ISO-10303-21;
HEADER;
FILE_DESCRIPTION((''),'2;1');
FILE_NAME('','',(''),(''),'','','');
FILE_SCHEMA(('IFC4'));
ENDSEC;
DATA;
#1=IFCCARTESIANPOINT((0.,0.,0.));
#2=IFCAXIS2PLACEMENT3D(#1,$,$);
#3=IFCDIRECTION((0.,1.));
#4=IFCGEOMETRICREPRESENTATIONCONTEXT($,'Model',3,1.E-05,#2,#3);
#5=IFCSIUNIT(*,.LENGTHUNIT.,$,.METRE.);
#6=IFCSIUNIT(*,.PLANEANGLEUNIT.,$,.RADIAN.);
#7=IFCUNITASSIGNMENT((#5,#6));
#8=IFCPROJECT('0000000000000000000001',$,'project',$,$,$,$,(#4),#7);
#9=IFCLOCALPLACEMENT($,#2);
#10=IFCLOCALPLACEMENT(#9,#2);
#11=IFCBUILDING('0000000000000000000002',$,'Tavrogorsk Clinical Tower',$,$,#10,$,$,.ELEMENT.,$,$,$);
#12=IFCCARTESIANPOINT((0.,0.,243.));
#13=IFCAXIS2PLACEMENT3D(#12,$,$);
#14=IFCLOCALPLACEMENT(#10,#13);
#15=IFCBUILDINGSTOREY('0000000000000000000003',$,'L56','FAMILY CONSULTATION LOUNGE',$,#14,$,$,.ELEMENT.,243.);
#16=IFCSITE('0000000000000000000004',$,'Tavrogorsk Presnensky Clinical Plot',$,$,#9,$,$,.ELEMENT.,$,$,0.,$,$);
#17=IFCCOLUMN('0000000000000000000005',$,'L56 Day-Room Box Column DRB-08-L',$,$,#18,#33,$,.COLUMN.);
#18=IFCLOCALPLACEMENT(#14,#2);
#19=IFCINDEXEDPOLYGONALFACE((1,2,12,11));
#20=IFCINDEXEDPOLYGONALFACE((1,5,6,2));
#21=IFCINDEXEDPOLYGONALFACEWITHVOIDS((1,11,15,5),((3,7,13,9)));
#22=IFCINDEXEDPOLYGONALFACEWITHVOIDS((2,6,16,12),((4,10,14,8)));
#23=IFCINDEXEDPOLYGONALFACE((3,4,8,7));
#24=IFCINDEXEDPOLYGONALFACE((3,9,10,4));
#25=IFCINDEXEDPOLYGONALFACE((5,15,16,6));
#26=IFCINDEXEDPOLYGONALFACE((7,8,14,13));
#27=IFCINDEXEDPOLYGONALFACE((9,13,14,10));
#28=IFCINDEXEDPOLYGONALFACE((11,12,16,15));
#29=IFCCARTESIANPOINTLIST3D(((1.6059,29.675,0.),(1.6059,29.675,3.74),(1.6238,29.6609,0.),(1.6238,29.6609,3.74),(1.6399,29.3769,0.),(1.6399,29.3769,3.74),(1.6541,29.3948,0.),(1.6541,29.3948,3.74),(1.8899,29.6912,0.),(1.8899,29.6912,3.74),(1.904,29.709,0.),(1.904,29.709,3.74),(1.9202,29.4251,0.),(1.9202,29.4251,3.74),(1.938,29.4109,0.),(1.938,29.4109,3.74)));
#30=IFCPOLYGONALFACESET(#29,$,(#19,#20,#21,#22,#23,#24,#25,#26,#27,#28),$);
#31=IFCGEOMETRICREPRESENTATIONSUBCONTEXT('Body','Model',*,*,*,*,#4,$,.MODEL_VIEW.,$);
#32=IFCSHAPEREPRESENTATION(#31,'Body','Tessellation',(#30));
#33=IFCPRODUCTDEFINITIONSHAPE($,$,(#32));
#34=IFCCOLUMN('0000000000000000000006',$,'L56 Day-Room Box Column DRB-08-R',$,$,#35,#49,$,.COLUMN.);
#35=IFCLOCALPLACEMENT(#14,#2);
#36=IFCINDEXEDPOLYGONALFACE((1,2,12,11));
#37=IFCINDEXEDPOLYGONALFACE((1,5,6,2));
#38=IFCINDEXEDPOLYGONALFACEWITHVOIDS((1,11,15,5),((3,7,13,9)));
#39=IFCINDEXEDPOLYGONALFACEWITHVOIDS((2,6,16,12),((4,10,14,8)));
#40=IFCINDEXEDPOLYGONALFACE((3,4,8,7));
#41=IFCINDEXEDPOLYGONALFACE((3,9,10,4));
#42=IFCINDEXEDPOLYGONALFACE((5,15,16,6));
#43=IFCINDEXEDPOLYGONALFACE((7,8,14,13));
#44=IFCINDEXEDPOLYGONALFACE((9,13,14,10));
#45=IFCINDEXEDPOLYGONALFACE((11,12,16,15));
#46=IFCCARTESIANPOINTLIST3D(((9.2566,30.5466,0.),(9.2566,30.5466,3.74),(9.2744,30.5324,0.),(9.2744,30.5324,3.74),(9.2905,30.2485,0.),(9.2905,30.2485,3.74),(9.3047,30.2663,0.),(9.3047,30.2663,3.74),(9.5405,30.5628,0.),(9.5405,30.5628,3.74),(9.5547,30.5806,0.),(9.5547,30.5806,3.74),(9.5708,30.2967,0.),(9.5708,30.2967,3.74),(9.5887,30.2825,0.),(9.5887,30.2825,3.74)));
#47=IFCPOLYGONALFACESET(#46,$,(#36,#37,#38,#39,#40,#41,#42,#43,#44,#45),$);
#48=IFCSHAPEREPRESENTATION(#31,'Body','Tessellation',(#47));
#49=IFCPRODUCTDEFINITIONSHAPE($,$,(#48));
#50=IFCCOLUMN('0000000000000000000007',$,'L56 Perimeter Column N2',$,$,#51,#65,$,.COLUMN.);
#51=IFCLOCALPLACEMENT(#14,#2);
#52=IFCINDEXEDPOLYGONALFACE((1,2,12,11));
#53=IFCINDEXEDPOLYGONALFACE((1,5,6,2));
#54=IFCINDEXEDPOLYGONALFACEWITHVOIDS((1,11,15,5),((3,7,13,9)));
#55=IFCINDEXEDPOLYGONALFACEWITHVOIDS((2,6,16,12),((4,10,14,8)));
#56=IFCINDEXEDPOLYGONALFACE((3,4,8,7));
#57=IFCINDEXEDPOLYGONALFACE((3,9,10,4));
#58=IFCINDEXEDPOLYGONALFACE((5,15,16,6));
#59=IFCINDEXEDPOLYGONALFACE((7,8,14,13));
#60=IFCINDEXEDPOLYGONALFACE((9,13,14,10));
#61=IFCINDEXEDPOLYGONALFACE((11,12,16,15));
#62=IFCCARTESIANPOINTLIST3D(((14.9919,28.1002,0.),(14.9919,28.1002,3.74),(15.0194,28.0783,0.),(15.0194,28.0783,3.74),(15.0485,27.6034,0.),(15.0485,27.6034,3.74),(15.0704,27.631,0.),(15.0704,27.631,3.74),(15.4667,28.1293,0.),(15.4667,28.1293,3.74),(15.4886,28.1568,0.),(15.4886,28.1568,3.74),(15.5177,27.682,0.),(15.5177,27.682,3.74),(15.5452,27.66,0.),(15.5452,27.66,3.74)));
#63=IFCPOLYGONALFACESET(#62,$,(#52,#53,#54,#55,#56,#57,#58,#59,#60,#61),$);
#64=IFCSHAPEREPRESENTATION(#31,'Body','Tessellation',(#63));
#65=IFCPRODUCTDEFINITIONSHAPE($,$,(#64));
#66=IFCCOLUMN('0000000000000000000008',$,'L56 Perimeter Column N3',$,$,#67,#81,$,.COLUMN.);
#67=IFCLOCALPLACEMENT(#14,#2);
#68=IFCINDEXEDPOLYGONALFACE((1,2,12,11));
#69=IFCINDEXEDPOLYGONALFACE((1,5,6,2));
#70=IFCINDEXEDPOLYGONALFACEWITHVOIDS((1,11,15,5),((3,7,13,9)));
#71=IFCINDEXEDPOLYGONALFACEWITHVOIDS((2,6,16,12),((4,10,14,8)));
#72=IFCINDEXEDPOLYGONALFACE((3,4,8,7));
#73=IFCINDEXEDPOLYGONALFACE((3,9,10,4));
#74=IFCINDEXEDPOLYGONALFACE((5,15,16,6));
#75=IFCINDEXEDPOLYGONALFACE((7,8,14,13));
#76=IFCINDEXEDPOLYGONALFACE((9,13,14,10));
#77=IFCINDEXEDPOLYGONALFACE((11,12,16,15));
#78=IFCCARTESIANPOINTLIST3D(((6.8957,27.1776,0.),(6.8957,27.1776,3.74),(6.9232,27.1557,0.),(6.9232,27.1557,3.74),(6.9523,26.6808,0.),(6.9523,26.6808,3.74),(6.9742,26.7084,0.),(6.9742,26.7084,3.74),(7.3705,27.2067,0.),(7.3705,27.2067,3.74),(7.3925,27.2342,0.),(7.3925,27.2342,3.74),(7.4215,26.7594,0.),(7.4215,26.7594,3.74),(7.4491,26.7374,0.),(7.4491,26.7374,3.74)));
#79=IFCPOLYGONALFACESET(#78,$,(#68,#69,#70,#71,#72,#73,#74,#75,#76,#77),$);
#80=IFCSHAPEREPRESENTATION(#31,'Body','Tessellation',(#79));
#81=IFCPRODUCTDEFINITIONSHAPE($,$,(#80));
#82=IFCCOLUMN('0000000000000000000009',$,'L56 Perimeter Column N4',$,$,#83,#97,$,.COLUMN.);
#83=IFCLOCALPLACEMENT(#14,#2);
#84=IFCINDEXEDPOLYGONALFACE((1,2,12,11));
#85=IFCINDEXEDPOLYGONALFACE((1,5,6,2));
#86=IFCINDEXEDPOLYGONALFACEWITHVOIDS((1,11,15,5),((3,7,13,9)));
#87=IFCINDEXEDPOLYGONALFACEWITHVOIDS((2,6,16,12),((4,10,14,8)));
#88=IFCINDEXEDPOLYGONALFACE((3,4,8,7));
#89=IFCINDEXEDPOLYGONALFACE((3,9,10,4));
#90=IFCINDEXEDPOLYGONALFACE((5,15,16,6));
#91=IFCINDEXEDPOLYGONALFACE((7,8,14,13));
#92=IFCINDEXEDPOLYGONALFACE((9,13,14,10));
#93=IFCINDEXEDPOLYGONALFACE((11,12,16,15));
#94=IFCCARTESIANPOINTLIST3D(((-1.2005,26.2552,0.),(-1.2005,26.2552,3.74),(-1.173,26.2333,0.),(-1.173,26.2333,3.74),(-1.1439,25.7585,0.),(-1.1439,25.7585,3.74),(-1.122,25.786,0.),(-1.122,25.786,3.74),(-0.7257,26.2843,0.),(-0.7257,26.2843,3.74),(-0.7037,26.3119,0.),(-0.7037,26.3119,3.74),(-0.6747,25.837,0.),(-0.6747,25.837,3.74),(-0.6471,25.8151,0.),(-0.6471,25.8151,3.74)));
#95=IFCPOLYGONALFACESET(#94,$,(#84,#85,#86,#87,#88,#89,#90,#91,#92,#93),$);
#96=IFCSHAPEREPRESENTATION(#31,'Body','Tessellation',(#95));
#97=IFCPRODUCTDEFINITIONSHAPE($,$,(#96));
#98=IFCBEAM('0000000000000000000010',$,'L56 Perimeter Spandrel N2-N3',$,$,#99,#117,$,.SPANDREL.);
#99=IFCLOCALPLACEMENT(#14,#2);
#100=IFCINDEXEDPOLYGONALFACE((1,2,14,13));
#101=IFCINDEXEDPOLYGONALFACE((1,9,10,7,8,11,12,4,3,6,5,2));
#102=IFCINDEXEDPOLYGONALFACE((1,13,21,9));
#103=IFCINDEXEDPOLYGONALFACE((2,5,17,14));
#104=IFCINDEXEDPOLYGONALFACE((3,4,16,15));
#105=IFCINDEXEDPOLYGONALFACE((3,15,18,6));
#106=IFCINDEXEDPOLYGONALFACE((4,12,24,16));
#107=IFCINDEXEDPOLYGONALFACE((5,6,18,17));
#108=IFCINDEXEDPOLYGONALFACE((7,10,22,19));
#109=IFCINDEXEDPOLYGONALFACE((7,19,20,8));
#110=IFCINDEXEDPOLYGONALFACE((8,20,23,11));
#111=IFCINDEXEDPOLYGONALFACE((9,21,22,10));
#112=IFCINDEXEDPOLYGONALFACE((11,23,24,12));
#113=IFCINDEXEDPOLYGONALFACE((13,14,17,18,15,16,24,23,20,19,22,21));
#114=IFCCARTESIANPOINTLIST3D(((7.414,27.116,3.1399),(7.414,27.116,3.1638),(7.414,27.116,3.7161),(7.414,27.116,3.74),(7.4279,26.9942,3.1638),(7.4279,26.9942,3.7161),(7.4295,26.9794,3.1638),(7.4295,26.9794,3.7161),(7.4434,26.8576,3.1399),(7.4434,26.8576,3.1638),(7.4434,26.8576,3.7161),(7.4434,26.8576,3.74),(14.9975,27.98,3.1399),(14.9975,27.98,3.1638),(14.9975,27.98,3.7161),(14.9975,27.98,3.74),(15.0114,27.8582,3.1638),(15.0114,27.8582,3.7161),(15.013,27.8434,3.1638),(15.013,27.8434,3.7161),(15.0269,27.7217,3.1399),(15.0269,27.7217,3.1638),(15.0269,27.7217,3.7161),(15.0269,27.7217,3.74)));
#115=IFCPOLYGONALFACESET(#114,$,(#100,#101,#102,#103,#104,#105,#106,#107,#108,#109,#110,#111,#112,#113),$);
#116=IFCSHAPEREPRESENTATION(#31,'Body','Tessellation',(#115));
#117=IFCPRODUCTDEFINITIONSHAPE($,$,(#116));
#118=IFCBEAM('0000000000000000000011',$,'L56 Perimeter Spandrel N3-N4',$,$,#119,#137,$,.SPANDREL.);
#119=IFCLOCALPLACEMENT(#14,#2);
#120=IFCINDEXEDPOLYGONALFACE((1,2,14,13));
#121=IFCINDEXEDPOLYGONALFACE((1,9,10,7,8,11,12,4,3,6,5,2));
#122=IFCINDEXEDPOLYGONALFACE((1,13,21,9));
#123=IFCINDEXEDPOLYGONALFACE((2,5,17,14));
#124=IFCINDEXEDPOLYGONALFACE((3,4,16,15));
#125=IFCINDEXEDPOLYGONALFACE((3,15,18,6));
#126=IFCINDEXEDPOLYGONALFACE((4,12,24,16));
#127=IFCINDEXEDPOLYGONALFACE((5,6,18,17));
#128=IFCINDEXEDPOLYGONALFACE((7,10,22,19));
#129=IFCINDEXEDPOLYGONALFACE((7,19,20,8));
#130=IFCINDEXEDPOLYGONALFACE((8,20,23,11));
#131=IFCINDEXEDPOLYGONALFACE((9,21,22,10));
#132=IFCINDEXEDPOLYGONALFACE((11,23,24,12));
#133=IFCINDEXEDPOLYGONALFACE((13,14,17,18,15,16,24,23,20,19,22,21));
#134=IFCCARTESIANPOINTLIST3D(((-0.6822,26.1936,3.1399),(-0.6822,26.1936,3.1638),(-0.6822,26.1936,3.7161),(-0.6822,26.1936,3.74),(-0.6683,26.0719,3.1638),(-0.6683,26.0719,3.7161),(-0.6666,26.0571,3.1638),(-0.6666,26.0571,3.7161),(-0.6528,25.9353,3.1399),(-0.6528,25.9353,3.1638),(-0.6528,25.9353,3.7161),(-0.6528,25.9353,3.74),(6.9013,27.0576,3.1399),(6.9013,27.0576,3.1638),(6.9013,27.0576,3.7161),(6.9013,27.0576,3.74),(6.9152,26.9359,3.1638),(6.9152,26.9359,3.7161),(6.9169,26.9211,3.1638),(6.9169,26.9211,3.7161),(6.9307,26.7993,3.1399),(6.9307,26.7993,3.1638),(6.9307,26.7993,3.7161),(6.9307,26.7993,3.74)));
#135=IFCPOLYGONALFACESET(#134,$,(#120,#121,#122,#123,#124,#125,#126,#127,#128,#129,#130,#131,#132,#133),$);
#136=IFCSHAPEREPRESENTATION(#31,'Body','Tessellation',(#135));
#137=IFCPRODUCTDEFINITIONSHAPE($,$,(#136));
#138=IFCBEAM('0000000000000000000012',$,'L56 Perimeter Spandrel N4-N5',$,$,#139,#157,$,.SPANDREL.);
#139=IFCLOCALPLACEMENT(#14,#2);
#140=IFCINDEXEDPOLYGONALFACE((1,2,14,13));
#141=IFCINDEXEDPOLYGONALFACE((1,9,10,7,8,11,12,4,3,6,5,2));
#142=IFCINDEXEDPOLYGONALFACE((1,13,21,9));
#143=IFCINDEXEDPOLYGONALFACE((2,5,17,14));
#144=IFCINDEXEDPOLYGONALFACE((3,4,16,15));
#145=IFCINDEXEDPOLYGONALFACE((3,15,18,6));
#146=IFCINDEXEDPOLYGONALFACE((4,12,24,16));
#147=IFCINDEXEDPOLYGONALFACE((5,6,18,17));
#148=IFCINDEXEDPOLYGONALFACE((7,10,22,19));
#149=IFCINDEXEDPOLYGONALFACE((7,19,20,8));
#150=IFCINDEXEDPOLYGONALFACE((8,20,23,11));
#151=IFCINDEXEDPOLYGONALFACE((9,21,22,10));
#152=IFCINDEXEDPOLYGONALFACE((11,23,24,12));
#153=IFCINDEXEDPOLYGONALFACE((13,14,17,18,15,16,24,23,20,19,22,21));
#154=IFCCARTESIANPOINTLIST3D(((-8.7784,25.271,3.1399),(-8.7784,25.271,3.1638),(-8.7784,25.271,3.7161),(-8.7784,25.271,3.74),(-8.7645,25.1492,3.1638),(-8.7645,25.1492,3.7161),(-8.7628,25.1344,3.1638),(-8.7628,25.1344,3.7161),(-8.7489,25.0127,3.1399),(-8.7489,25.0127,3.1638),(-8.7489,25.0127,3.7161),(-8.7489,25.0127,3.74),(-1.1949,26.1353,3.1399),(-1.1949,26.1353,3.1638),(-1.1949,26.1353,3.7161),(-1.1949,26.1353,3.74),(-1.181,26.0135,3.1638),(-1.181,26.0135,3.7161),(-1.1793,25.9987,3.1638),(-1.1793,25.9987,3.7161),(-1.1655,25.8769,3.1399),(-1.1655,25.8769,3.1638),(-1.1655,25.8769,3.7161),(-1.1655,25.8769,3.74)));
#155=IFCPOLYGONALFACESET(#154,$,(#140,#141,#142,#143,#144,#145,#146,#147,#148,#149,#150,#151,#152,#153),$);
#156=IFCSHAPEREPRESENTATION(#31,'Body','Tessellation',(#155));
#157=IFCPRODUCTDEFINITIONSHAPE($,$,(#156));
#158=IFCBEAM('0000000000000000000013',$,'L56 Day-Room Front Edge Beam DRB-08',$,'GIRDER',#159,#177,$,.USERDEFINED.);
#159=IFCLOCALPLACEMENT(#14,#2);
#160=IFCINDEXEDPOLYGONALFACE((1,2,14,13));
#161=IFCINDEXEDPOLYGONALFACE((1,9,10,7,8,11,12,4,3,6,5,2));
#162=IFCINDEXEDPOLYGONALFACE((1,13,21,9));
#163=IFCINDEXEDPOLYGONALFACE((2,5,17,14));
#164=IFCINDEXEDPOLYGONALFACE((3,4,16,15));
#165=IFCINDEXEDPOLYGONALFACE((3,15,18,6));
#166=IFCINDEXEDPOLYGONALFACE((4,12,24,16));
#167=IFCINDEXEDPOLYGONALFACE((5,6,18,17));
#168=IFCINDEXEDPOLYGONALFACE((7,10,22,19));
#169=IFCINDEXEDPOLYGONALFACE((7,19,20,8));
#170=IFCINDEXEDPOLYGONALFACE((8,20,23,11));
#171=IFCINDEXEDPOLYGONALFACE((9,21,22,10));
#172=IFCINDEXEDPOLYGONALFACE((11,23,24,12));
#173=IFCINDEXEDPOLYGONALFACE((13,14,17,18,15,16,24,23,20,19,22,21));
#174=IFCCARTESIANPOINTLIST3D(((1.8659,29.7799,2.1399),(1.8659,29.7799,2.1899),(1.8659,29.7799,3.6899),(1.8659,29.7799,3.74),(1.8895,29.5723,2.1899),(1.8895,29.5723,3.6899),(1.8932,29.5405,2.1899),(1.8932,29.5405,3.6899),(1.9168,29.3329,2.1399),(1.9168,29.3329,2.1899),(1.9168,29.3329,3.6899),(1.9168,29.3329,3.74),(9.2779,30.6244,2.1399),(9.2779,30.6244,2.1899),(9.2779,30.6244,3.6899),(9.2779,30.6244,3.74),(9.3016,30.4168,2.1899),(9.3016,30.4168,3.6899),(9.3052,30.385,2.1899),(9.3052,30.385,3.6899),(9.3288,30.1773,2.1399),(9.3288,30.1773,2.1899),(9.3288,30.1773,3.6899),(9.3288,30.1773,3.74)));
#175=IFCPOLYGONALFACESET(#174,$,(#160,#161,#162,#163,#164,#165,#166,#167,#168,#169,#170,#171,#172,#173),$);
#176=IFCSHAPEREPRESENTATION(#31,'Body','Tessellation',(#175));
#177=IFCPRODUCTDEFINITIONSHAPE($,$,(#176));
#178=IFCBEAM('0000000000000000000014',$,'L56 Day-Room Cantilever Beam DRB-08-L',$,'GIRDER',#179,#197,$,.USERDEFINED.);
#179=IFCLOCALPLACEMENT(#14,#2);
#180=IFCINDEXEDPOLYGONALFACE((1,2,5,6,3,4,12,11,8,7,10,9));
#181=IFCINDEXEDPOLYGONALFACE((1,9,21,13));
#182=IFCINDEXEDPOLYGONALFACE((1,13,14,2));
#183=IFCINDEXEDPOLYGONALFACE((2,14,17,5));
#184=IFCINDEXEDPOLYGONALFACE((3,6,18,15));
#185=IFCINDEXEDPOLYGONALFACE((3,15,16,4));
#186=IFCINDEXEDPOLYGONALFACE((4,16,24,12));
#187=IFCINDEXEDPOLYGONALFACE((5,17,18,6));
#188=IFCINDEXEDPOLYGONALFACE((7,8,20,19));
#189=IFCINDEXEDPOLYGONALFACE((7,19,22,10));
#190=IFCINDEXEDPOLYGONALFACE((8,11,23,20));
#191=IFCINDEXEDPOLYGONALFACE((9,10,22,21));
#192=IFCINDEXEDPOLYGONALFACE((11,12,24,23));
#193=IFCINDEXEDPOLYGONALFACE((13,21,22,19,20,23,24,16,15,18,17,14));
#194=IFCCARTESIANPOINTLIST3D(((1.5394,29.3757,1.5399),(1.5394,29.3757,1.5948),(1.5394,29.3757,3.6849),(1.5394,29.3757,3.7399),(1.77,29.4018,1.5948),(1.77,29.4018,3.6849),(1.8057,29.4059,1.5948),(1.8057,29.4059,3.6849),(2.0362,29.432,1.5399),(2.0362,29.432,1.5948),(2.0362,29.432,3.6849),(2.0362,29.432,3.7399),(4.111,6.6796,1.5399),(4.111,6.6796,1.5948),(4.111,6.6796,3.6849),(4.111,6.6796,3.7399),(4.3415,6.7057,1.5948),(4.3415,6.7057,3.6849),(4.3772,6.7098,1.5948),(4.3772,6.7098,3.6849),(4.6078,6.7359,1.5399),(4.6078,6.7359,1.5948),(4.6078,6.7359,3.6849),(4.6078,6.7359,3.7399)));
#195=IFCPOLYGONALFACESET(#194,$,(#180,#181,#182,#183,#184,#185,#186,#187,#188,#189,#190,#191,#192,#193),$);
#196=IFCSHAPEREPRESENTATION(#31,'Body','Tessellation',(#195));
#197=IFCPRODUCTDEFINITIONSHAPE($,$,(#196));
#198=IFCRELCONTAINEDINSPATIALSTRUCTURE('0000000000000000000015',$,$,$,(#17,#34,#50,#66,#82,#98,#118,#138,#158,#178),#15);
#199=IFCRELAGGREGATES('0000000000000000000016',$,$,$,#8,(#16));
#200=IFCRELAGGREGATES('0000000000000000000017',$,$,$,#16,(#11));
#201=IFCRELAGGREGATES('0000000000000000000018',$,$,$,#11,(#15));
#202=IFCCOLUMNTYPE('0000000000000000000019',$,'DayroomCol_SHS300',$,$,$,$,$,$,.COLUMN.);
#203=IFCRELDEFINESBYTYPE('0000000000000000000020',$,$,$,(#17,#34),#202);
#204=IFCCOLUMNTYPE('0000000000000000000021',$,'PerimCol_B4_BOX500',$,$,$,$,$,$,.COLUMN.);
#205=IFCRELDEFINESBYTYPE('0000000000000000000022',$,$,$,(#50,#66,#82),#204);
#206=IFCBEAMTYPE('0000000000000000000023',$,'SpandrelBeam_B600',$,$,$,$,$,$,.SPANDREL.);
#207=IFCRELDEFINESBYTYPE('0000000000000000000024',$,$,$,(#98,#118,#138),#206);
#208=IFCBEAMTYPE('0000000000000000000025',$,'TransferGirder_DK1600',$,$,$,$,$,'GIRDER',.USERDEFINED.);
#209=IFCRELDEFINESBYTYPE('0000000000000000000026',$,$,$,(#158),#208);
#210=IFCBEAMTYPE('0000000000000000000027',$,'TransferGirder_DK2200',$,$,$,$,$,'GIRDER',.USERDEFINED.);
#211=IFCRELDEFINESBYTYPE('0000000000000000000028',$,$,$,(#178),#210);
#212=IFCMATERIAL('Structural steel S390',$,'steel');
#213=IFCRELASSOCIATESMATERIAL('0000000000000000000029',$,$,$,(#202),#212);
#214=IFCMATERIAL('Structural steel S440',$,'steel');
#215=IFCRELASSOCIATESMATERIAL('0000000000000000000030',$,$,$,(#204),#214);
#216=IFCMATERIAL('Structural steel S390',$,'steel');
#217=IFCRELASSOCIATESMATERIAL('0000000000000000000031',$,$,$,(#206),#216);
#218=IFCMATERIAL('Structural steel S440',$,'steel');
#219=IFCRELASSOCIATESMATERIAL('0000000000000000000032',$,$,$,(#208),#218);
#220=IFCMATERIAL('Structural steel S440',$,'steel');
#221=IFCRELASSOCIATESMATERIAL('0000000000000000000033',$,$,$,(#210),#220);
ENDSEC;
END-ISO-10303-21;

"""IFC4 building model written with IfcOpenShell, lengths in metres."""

from ifc_helpers import new_model, si_unit, direction, frame, origin, origin_2d, place, context, subcontext, project, spatial, hollow_rectangle, i_section, extrude, material, material_profile, profile_set, type_object, element, save


model = new_model("IFC4")

# Units and contexts
model_context = context("Model", 3, precision=1e-05, world=origin(), true_north=direction((0.0, 1.0)))
body_context = subcontext(model_context, "Body", "Model", "MODEL_VIEW")
ifc_project = project(units=[si_unit("LENGTHUNIT", "METRE"), si_unit("PLANEANGLEUNIT", "RADIAN")], contexts=[model_context])

# Site, building, storey
site_placement = place(None, origin())
site = spatial("IfcSite", under=ifc_project, at=site_placement, Name="Tavrogorsk Presnensky Clinical Plot", CompositionType="ELEMENT", RefElevation=0.0)
building_placement = place(site_placement, origin())
building = spatial("IfcBuilding", under=site, at=building_placement, Name="Tavrogorsk Clinical Tower", CompositionType="ELEMENT")
storey_placement = place(building_placement, frame((0.0, 0.0, 243.0)))
storey = spatial("IfcBuildingStorey", under=building, at=storey_placement, Name="L56", Description="FAMILY CONSULTATION LOUNGE", CompositionType="ELEMENT", Elevation=243.0)

# Columns
ifc_material_1 = material(Name="Structural steel S390", Category="steel")
ifc_material_profile_1 = material_profile(ifc_material_1, hollow_rectangle(XDim=0.3, YDim=0.3, WallThickness=0.0161, at=origin_2d()), Name="SHS-300x300x16")
ifc_profile_set_1 = profile_set([ifc_material_profile_1], Name="Structural steel S390")
column_type_1 = type_object("IfcColumnType", Name="DayroomCol_SHS300", PredefinedType="COLUMN", material=ifc_profile_set_1)
for number, where, z_axis, x_axis, name in (
    (1, (1.772, 29.543, 0.0), (0.0, 0.0, 1.0), (0.993572, 0.113203, 0.0), "L56 Day-Room Box Column DRB-08-L"),
    (2, (9.4226, 30.4146, 0.0), (0.0, 0.0, 1.0), (0.993572, 0.113203, 0.0), "L56 Day-Room Box Column DRB-08-R"),
):
    element("IfcColumn", number, at=place(storey_placement, frame(where, z_axis=z_axis, x_axis=x_axis)), inside=storey, type_object=column_type_1, Name=name, PredefinedType="COLUMN", context=body_context, shape_type="SweptSolid", body=[
        extrude(hollow_rectangle(XDim=0.3, YDim=0.3, WallThickness=0.0161, at=origin_2d()), origin(), (0.0, 0.0, 1.0), 3.74),
    ])
ifc_material_2 = material(Name="Structural steel S440", Category="steel")
ifc_material_profile_2 = material_profile(ifc_material_2, hollow_rectangle(XDim=0.5, YDim=0.5, WallThickness=0.0249, at=origin_2d()), Name="BOX-500x500x25")
ifc_profile_set_2 = profile_set([ifc_material_profile_2], Name="Structural steel S440")
column_type_2 = type_object("IfcColumnType", Name="PerimCol_B4_BOX500", PredefinedType="COLUMN", material=ifc_profile_set_2)
for number, where, z_axis, x_axis, name in (
    (3, (15.2686, 27.8801, 0.0), (0.0, 0.0, 1.0), (0.993572, 0.113203, 0.0), "L56 Perimeter Column N2"),
    (4, (7.1724, 26.9575, 0.0), (0.0, 0.0, 1.0), (0.993572, 0.113203, 0.0), "L56 Perimeter Column N3"),
    (5, (-0.9238, 26.0352, 0.0), (0.0, 0.0, 1.0), (0.993572, 0.113203, 0.0), "L56 Perimeter Column N4"),
):
    element("IfcColumn", number, at=place(storey_placement, frame(where, z_axis=z_axis, x_axis=x_axis)), inside=storey, type_object=column_type_2, Name=name, PredefinedType="COLUMN", context=body_context, shape_type="SweptSolid", body=[
        extrude(hollow_rectangle(XDim=0.5, YDim=0.5, WallThickness=0.0249, at=origin_2d()), origin(), (0.0, 0.0, 1.0), 3.74),
    ])

# Beams
ifc_material_3 = material(Name="Structural steel S390", Category="steel")
ifc_material_profile_3 = material_profile(ifc_material_3, i_section(OverallWidth=0.26, OverallDepth=0.6001, WebThickness=0.0149, FlangeThickness=0.0239, at=origin_2d()), Name="B-600x260x15x24")
ifc_profile_set_3 = profile_set([ifc_material_profile_3], Name="Structural steel S390")
beam_type_1 = type_object("IfcBeamType", Name="SpandrelBeam_B600", PredefinedType="SPANDREL", material=ifc_profile_set_3)
for number, where, z_axis, x_axis, name in (
    (6, (15.0122, 27.8508, 3.4399), (-0.993572, -0.113201, 0.0), (0.113201, -0.993572, 0.0), "L56 Perimeter Spandrel N2-N3"),
    (7, (6.916, 26.9285, 3.4399), (-0.993572, -0.113201, 0.0), (0.113201, -0.993572, 0.0), "L56 Perimeter Spandrel N3-N4"),
    (8, (-1.1802, 26.0061, 3.4399), (-0.993569, -0.113233, 0.0), (0.113233, -0.993569, 0.0), "L56 Perimeter Spandrel N4-N5"),
):
    element("IfcBeam", number, at=place(storey_placement, frame(where, z_axis=z_axis, x_axis=x_axis)), inside=storey, type_object=beam_type_1, Name=name, PredefinedType="SPANDREL", context=body_context, shape_type="SweptSolid", body=[
        extrude(i_section(OverallWidth=0.26, OverallDepth=0.6001, WebThickness=0.0149, FlangeThickness=0.0239, at=origin_2d()), origin(), (0.0, 0.0, 1.0), 7.6326),
    ])
ifc_material_4 = material(Name="Structural steel S440", Category="steel")
ifc_material_profile_4 = material_profile(ifc_material_4, i_section(OverallWidth=0.45, OverallDepth=1.6001, WebThickness=0.032, FlangeThickness=0.05, at=origin_2d()), Name="DK-1600x450x32x50")
ifc_profile_set_4 = profile_set([ifc_material_profile_4], Name="Structural steel S440")
beam_type_2 = type_object("IfcBeamType", Name="TransferGirder_DK1600", ElementType="GIRDER", PredefinedType="USERDEFINED", material=ifc_profile_set_4)
beam_1_placement = place(storey_placement, frame((1.8914, 29.5564, 2.9399), z_axis=(0.993572, 0.1132, 0.0), x_axis=(-0.1132, 0.993572, 0.0)))
element("IfcBeam", 9, at=beam_1_placement, inside=storey, type_object=beam_type_2, Name="L56 Day-Room Front Edge Beam DRB-08", ObjectType="GIRDER", PredefinedType="USERDEFINED", context=body_context, shape_type="SweptSolid", body=[
    extrude(i_section(OverallWidth=0.45, OverallDepth=1.6001, WebThickness=0.032, FlangeThickness=0.05, at=origin_2d()), origin(), (0.0, 0.0, 1.0), 7.46),
])
ifc_material_5 = material(Name="Structural steel S440", Category="steel")
ifc_material_profile_5 = material_profile(ifc_material_5, i_section(OverallWidth=0.5, OverallDepth=2.2, WebThickness=0.0359, FlangeThickness=0.0549, at=origin_2d()), Name="DK-2200x500x36x55")
ifc_profile_set_5 = profile_set([ifc_material_profile_5], Name="Structural steel S440")
beam_type_3 = type_object("IfcBeamType", Name="TransferGirder_DK2200", ElementType="GIRDER", PredefinedType="USERDEFINED", material=ifc_profile_set_5)
beam_2_placement = place(storey_placement, frame((4.3594, 6.7078, 2.6399), z_axis=(-0.112583, 0.993642, 0.0), x_axis=(-0.993642, -0.112583, 0.0)))
element("IfcBeam", 10, at=beam_2_placement, inside=storey, type_object=beam_type_3, Name="L56 Day-Room Cantilever Beam DRB-08-L", ObjectType="GIRDER", PredefinedType="USERDEFINED", context=body_context, shape_type="SweptSolid", body=[
    extrude(i_section(OverallWidth=0.5, OverallDepth=2.2, WebThickness=0.0359, FlangeThickness=0.0549, at=origin_2d()), origin(), (0.0, 0.0, 1.0), 22.8413),
])

save(model, "model.ifc")
